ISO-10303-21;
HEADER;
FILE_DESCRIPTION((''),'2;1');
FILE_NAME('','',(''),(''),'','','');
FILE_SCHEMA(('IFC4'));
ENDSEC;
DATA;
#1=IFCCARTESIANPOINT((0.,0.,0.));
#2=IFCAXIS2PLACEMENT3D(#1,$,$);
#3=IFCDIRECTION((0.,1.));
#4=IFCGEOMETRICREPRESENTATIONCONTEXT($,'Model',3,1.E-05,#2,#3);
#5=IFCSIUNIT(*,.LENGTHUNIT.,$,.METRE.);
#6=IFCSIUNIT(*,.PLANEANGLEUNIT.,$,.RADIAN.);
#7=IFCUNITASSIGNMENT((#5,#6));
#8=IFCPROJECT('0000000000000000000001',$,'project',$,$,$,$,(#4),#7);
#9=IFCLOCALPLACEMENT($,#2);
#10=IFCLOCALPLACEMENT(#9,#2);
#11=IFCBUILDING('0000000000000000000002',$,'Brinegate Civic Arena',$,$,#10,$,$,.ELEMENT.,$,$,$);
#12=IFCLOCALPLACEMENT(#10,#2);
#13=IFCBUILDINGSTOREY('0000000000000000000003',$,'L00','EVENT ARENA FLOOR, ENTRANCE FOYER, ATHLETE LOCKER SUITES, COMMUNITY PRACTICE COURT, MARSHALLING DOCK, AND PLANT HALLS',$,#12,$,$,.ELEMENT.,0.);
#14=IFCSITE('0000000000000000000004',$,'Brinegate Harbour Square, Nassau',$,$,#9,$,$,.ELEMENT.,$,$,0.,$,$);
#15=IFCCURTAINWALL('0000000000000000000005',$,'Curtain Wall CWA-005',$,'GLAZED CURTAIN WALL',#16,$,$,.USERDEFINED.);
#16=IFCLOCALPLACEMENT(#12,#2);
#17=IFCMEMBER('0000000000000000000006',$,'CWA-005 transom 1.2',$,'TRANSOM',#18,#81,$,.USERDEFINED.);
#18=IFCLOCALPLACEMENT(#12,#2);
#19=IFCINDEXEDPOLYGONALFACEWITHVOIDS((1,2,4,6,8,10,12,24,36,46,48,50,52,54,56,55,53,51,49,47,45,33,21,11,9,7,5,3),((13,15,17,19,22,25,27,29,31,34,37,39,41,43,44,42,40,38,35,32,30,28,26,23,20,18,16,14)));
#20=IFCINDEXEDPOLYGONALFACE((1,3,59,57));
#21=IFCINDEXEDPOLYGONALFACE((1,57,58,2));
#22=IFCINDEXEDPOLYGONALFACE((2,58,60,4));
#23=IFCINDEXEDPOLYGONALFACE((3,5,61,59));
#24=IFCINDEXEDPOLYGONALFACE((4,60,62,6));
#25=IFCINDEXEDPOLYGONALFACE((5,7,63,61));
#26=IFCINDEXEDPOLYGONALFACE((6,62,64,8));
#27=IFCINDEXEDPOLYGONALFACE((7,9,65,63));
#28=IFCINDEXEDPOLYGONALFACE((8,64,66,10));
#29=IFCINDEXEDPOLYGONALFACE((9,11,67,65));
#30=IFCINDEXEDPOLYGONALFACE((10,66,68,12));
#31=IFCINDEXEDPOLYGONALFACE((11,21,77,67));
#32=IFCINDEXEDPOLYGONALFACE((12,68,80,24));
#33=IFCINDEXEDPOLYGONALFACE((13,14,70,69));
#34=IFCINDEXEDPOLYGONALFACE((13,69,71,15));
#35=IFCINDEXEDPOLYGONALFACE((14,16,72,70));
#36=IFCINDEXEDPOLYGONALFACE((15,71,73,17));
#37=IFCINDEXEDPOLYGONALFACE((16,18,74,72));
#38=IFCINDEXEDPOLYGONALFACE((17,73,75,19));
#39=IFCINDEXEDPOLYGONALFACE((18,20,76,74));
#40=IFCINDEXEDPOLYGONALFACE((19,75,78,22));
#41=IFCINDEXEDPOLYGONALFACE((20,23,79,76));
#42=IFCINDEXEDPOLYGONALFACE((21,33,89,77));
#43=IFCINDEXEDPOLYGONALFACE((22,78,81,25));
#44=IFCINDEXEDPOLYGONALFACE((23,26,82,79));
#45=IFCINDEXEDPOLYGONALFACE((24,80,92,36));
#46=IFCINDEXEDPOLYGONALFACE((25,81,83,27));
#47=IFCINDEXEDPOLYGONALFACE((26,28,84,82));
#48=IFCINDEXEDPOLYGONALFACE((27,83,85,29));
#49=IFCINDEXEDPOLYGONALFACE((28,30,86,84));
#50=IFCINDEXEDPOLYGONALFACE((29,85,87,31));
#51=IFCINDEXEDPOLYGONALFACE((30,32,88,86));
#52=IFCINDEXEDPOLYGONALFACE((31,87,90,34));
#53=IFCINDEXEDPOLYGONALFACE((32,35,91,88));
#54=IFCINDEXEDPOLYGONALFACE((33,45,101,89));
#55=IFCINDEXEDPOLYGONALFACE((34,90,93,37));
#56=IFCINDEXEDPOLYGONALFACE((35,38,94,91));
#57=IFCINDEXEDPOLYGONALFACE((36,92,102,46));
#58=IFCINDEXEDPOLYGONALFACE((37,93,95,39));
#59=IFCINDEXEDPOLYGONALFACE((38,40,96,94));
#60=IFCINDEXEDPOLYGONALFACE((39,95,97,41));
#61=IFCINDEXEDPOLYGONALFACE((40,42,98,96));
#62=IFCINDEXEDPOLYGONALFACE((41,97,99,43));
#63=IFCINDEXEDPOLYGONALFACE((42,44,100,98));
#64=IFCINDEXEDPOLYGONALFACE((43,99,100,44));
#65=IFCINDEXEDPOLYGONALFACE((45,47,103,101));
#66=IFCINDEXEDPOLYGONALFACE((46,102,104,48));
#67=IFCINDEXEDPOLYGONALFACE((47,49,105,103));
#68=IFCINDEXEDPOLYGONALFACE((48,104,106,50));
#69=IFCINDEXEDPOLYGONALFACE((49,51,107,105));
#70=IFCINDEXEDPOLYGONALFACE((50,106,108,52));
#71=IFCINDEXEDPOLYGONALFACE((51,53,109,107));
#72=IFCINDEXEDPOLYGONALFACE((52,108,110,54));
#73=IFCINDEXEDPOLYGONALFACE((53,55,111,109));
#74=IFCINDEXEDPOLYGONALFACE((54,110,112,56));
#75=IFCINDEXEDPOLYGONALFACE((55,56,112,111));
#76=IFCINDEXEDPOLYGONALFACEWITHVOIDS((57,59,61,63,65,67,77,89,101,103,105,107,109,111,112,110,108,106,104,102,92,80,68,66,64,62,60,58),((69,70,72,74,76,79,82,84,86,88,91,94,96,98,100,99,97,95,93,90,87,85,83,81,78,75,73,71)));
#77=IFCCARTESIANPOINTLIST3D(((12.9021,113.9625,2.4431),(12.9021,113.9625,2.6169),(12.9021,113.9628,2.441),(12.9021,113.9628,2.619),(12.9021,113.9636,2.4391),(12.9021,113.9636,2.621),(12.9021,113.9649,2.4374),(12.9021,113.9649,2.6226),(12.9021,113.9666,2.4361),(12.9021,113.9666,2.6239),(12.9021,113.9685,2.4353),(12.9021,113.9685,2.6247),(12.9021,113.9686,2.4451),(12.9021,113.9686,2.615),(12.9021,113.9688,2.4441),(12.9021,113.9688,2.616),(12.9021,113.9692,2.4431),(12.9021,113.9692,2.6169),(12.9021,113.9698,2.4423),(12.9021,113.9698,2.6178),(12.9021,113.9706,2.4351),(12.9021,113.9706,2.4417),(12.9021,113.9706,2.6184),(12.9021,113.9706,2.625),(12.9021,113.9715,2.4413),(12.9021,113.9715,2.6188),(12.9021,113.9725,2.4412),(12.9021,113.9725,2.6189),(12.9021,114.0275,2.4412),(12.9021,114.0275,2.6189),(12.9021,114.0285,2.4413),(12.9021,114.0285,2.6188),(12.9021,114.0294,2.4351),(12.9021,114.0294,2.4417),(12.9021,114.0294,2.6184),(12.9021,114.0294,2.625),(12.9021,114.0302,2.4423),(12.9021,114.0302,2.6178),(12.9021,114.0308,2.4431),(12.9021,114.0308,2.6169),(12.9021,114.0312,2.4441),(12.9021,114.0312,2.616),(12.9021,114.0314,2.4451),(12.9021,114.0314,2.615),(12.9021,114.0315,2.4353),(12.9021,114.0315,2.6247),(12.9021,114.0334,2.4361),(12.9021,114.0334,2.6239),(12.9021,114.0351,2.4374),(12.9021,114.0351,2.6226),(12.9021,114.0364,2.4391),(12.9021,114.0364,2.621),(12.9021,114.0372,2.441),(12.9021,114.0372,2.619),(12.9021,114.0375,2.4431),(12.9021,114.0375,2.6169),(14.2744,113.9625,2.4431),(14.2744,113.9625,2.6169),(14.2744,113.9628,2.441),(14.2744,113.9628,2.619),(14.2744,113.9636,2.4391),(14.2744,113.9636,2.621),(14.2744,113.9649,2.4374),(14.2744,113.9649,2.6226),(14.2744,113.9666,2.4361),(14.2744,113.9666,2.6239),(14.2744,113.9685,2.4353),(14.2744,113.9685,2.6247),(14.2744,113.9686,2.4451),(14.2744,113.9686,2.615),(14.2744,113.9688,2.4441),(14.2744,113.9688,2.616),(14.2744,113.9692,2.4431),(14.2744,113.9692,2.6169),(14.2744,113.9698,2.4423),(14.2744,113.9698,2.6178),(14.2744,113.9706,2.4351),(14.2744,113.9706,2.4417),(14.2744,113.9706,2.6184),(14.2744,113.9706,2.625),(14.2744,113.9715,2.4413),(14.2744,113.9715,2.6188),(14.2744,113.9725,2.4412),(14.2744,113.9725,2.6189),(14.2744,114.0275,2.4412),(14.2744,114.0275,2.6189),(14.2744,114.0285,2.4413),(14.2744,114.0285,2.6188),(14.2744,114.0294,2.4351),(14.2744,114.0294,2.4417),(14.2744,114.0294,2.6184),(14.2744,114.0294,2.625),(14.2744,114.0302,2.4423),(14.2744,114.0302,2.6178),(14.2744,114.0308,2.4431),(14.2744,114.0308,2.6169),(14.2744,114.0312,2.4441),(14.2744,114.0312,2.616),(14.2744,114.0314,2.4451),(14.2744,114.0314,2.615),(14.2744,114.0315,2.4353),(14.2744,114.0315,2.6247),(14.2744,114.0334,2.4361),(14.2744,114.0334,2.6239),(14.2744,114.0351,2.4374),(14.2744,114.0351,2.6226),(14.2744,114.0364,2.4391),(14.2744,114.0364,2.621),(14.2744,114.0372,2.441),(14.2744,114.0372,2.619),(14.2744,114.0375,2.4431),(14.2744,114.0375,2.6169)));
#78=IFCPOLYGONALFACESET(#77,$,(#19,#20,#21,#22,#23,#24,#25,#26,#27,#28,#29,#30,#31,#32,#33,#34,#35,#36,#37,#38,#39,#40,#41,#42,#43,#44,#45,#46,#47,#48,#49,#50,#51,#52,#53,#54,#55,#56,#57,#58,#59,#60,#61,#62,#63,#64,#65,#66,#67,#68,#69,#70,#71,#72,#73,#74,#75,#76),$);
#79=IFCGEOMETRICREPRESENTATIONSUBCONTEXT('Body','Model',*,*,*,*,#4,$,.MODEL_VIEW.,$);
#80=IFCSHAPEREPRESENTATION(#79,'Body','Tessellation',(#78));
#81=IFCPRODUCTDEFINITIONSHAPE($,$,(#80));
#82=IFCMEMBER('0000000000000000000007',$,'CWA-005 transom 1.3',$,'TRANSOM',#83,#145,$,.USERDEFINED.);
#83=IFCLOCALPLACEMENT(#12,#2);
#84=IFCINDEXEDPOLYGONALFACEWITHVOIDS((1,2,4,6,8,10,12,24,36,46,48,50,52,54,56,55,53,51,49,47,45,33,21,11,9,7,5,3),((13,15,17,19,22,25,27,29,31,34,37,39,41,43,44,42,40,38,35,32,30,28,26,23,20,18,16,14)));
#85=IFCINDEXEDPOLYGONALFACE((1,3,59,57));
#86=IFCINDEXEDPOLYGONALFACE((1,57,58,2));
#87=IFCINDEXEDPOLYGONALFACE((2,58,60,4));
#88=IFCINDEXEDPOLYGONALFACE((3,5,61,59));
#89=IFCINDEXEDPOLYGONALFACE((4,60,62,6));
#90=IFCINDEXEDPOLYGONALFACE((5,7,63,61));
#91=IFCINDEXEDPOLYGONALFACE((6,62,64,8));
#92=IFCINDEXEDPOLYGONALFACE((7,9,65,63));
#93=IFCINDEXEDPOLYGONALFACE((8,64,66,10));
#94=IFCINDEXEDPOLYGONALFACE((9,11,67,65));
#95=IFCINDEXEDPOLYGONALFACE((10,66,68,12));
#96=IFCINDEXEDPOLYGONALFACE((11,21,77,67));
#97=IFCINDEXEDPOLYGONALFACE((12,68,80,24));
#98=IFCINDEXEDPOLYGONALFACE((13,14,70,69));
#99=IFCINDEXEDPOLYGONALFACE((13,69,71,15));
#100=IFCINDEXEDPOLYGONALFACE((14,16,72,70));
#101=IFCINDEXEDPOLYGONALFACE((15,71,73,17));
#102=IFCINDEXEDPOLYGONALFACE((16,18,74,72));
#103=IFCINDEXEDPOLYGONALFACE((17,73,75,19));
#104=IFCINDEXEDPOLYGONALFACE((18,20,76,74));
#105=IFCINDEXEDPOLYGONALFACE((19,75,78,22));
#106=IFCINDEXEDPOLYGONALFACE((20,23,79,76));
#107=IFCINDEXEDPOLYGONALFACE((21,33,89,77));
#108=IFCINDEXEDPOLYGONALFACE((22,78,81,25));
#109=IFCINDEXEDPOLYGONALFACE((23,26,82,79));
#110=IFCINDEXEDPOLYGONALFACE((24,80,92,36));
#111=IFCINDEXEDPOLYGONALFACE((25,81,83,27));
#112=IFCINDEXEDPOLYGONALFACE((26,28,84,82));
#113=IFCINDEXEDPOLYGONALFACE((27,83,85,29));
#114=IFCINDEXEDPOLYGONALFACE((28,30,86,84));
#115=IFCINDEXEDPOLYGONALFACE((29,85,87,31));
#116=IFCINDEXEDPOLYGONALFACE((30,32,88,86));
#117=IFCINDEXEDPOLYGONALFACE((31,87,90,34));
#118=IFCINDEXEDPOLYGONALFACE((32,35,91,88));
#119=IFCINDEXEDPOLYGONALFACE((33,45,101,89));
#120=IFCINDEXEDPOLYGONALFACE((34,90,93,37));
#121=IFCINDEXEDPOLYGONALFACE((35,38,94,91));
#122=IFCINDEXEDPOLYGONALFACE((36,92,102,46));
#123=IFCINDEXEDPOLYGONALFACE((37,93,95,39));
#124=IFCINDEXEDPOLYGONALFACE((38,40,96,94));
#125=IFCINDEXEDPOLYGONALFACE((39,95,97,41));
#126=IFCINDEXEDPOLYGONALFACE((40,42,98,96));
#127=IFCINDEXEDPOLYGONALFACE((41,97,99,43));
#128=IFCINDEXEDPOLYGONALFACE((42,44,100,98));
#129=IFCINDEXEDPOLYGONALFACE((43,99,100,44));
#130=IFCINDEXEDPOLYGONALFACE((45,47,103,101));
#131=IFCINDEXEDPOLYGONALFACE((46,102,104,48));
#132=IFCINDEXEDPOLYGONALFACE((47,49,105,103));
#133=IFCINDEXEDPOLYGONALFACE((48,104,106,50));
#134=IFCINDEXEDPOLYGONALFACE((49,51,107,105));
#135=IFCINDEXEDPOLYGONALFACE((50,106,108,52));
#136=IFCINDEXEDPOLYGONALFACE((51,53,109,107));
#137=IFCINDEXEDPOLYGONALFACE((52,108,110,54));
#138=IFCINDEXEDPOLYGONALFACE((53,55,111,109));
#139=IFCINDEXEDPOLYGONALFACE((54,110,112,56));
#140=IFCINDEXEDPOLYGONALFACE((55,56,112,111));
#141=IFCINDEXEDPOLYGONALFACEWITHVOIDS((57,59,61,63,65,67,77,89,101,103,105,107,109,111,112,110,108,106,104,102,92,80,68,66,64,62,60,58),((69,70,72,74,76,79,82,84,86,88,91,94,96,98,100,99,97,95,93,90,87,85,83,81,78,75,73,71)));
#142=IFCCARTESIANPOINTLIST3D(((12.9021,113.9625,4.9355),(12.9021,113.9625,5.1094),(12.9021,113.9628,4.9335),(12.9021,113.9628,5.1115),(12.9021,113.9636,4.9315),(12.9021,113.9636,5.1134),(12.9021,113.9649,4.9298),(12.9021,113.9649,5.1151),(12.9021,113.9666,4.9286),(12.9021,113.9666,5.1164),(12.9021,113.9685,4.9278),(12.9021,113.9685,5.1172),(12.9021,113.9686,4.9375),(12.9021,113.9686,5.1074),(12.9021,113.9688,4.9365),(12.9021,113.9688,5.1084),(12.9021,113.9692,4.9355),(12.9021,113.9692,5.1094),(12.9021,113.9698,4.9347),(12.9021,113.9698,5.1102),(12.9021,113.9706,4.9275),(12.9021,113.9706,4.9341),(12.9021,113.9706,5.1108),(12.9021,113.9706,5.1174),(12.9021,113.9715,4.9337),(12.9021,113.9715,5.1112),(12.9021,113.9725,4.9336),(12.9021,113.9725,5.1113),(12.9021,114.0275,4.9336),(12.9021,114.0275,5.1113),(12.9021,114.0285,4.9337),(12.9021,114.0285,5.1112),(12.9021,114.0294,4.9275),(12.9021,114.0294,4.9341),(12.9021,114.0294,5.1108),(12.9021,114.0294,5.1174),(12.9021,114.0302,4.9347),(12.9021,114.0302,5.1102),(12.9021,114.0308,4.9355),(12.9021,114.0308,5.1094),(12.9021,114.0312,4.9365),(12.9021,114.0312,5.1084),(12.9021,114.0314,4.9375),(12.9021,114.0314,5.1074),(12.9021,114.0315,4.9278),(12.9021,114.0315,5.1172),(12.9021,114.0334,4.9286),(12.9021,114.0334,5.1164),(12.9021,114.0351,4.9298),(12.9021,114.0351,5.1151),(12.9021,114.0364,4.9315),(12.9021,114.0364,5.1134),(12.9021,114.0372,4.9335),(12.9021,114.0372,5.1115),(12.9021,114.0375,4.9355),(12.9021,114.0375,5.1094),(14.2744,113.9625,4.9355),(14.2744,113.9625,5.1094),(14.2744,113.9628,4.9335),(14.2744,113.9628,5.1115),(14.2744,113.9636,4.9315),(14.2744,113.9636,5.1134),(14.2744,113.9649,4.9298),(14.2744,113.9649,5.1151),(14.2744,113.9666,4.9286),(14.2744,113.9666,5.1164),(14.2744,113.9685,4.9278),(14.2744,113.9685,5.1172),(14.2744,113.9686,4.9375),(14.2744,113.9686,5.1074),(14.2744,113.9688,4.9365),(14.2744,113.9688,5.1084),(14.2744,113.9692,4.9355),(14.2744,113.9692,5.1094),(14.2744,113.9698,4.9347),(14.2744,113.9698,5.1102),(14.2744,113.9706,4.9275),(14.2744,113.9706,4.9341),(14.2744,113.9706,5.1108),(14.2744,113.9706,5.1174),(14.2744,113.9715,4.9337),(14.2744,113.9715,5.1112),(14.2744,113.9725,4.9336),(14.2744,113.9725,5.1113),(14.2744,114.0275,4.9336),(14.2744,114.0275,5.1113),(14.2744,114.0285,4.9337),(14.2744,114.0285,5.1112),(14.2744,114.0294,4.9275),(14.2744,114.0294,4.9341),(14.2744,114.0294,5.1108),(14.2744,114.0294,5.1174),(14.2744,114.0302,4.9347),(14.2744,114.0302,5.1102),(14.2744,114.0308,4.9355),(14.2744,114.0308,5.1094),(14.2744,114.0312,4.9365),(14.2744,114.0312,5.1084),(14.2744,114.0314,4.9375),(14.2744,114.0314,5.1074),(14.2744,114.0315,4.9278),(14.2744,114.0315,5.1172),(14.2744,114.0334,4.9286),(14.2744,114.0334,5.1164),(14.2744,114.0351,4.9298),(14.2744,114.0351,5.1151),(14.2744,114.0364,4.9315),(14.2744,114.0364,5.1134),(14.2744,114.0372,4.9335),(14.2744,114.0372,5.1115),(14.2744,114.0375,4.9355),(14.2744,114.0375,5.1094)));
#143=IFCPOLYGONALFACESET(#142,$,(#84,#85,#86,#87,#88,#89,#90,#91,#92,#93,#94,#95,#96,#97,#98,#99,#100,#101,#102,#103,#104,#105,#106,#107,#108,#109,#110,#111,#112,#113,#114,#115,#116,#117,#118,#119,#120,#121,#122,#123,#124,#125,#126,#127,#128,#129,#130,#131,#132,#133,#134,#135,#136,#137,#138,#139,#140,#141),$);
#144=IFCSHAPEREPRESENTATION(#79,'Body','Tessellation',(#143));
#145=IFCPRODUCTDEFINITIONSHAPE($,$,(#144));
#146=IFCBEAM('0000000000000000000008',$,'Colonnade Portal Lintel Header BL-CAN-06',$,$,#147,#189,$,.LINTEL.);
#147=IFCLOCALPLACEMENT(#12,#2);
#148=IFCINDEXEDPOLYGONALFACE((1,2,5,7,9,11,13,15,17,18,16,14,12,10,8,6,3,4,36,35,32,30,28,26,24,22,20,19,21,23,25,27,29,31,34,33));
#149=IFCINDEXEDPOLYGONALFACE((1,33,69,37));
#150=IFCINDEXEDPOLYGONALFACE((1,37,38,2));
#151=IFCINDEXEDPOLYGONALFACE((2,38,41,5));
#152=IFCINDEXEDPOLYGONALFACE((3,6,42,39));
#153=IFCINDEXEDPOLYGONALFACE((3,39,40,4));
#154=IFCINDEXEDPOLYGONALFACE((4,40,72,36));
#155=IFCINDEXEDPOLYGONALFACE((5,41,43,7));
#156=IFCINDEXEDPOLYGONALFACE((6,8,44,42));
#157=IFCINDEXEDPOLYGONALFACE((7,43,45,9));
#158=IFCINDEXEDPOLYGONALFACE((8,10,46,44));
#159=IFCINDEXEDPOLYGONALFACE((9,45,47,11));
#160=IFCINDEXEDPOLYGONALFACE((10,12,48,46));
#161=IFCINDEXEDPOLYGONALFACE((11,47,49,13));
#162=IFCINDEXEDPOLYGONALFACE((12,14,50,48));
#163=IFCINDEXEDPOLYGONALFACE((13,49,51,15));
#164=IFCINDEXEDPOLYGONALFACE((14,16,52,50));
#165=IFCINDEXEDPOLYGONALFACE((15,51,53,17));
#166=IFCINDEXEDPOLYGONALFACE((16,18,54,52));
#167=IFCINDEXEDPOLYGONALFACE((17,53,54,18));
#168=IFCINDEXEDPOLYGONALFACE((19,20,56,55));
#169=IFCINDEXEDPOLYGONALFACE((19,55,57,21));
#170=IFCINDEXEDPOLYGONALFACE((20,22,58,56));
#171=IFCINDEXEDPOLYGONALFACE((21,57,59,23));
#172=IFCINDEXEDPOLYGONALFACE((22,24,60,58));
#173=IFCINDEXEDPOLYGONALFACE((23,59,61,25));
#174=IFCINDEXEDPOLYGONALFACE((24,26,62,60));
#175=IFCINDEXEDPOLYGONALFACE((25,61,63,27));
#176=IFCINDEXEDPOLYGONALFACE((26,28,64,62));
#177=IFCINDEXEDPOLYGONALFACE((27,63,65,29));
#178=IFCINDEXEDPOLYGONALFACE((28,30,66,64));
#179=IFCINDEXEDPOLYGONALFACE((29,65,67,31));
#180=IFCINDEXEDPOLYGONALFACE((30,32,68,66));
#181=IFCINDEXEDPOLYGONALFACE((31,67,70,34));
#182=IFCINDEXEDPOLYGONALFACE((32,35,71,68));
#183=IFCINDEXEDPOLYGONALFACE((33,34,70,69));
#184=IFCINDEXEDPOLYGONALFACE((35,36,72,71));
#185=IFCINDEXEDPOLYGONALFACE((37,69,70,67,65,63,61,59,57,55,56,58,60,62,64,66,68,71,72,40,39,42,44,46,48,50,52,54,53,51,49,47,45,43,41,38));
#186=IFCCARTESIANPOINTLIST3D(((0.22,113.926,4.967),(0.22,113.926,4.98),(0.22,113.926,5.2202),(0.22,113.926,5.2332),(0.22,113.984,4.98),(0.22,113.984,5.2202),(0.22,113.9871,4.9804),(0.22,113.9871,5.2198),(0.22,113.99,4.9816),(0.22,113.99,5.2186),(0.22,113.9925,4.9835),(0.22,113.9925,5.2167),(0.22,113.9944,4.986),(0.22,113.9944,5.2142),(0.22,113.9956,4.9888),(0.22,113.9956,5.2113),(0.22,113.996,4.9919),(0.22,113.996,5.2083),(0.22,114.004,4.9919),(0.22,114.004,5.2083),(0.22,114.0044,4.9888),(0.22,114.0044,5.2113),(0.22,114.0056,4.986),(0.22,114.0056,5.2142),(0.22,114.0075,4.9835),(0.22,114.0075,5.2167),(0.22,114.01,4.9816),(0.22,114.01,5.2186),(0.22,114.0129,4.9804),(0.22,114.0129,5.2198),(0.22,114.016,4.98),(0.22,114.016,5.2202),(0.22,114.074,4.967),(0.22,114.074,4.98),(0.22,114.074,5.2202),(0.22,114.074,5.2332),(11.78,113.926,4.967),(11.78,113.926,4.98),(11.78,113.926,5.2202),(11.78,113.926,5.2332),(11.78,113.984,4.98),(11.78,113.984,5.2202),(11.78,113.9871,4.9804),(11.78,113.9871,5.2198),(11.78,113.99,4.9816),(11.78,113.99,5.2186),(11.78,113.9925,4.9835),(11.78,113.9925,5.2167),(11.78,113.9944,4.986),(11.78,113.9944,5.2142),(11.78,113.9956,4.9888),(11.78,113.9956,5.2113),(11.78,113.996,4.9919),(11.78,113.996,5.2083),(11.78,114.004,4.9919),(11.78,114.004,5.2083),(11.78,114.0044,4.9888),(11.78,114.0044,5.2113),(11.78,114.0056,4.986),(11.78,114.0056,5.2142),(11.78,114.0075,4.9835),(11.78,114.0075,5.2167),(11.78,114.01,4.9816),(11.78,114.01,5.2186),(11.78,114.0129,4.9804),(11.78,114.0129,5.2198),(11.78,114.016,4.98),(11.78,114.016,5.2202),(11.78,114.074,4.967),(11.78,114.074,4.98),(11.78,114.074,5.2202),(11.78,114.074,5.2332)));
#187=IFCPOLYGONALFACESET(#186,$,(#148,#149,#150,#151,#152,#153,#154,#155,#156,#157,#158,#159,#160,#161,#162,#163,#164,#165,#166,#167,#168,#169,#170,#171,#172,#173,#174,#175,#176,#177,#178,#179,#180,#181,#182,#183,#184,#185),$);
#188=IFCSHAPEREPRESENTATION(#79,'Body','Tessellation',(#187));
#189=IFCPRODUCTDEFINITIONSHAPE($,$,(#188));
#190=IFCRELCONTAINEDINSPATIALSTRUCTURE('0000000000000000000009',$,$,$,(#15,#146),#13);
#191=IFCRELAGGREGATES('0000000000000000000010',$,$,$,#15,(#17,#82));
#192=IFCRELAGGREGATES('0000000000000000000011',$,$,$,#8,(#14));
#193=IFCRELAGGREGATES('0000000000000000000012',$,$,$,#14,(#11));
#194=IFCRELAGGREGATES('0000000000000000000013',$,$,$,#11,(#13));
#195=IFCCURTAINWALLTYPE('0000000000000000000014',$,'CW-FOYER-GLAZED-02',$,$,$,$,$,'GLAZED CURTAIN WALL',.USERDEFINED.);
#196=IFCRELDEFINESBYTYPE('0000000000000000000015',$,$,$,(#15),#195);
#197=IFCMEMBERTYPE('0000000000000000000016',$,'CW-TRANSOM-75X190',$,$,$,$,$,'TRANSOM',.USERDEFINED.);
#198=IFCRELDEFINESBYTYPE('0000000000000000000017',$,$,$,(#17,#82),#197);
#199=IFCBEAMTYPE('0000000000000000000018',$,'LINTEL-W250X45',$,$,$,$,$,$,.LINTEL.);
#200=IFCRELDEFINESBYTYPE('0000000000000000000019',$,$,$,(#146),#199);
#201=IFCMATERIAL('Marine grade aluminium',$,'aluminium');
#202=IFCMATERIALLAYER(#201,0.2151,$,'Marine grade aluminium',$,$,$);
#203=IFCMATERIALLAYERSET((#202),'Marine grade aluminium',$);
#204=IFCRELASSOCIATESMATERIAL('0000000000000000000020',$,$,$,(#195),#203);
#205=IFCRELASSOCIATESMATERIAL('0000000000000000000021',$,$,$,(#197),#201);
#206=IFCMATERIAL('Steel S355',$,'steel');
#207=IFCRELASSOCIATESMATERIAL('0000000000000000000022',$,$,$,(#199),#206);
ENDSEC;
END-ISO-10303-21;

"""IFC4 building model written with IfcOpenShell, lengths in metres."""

from ifc_helpers import new_model, si_unit, direction, frame, origin, origin_2d, place, context, subcontext, project, spatial, hollow_rectangle, i_section, extrude, material, layer, layer_set, material_profile, profile_set, type_object, element, aggregate, save


model = new_model("IFC4")

# Units and contexts
model_context = context("Model", 3, precision=1e-05, world=origin(), true_north=direction((0.0, 1.0)))
body_context = subcontext(model_context, "Body", "Model", "MODEL_VIEW")
ifc_project = project(units=[si_unit("LENGTHUNIT", "METRE"), si_unit("PLANEANGLEUNIT", "RADIAN")], contexts=[model_context])

# Site, building, storey
site_placement = place(None, origin())
site = spatial("IfcSite", under=ifc_project, at=site_placement, Name="Brinegate Harbour Square, Nassau", CompositionType="ELEMENT", RefElevation=0.0)
building_placement = place(site_placement, origin())
building = spatial("IfcBuilding", under=site, at=building_placement, Name="Brinegate Civic Arena", CompositionType="ELEMENT")
storey_placement = place(building_placement, origin())
storey = spatial("IfcBuildingStorey", under=building, at=storey_placement, Name="L00", Description="EVENT ARENA FLOOR, ENTRANCE FOYER, ATHLETE LOCKER SUITES, COMMUNITY PRACTICE COURT, MARSHALLING DOCK, AND PLANT HALLS", CompositionType="ELEMENT", Elevation=0.0)

# Shared definitions
ifc_material_1 = material(Name="Steel S355", Category="steel")

# Curtain wall, members
ifc_material_2 = material(Name="Marine grade aluminium", Category="aluminium")
ifc_layer_1 = layer(ifc_material_2, 0.2151, Name="Marine grade aluminium")
ifc_layer_set_1 = layer_set([ifc_layer_1], Name="Marine grade aluminium")
curtain_wall_type = type_object("IfcCurtainWallType", Name="CW-FOYER-GLAZED-02", ElementType="GLAZED CURTAIN WALL", PredefinedType="USERDEFINED", material=ifc_layer_set_1)
curtain_wall_placement = place(storey_placement, origin())
curtain_wall = element("IfcCurtainWall", 1, at=curtain_wall_placement, inside=storey, type_object=curtain_wall_type, Name="Curtain Wall CWA-005", ObjectType="GLAZED CURTAIN WALL", PredefinedType="USERDEFINED")
ifc_material_profile_1 = material_profile(ifc_material_2, hollow_rectangle(XDim=0.075, YDim=0.1899, WallThickness=0.0061, InnerFilletRadius=0.0039, OuterFilletRadius=0.0081, at=origin_2d()), Name="TRN75X190")
ifc_profile_set_1 = profile_set([ifc_material_profile_1], Name="Marine grade aluminium")
member_type_1 = type_object("IfcMemberType", Name="CW-TRANSOM-75X190", ElementType="TRANSOM", PredefinedType="USERDEFINED", material=ifc_profile_set_1)
member_1_placement = place(storey_placement, frame((12.9021, 114.0, 2.53), z_axis=(1.0, 0.0, 0.0), x_axis=(0.0, 1.0, 0.0)))
member_1 = element("IfcMember", 2, at=member_1_placement, type_object=member_type_1, Name="CWA-005 transom 1.2", ObjectType="TRANSOM", PredefinedType="USERDEFINED", context=body_context, shape_type="SweptSolid", body=[
    extrude(hollow_rectangle(XDim=0.075, YDim=0.1899, WallThickness=0.0061, InnerFilletRadius=0.0039, OuterFilletRadius=0.0081, at=origin_2d()), origin(), (0.0, 0.0, 1.0), 1.3723),
])
member_2_placement = place(storey_placement, frame((12.9021, 114.0, 5.0225), z_axis=(1.0, 0.0, 0.0), x_axis=(0.0, 1.0, 0.0)))
member_2 = element("IfcMember", 3, at=member_2_placement, type_object=member_type_1, Name="CWA-005 transom 1.3", ObjectType="TRANSOM", PredefinedType="USERDEFINED", context=body_context, shape_type="SweptSolid", body=[
    extrude(hollow_rectangle(XDim=0.075, YDim=0.1899, WallThickness=0.0061, InnerFilletRadius=0.0039, OuterFilletRadius=0.0081, at=origin_2d()), origin(), (0.0, 0.0, 1.0), 1.3723),
])
aggregate(curtain_wall, [member_1, member_2])

# Beam
ifc_material_profile_2 = material_profile(ifc_material_1, i_section(OverallWidth=0.1479, OverallDepth=0.2661, WebThickness=0.0081, FlangeThickness=0.0129, FilletRadius=0.012, at=origin_2d()), Name="W250X45")
ifc_profile_set_2 = profile_set([ifc_material_profile_2], Name="Steel S355")
beam_type = type_object("IfcBeamType", Name="LINTEL-W250X45", PredefinedType="LINTEL", material=ifc_profile_set_2)
beam_placement = place(storey_placement, frame((0.22, 114.0, 5.1001), z_axis=(1.0, 0.0, 0.0), x_axis=(0.0, 1.0, 0.0)))
element("IfcBeam", 4, at=beam_placement, inside=storey, type_object=beam_type, Name="Colonnade Portal Lintel Header BL-CAN-06", PredefinedType="LINTEL", context=body_context, shape_type="SweptSolid", body=[
    extrude(i_section(OverallWidth=0.1479, OverallDepth=0.2661, WebThickness=0.0081, FlangeThickness=0.0129, FilletRadius=0.012, at=origin_2d()), origin(), (0.0, 0.0, 1.0), 11.5601),
])

save(model, "model.ifc")
